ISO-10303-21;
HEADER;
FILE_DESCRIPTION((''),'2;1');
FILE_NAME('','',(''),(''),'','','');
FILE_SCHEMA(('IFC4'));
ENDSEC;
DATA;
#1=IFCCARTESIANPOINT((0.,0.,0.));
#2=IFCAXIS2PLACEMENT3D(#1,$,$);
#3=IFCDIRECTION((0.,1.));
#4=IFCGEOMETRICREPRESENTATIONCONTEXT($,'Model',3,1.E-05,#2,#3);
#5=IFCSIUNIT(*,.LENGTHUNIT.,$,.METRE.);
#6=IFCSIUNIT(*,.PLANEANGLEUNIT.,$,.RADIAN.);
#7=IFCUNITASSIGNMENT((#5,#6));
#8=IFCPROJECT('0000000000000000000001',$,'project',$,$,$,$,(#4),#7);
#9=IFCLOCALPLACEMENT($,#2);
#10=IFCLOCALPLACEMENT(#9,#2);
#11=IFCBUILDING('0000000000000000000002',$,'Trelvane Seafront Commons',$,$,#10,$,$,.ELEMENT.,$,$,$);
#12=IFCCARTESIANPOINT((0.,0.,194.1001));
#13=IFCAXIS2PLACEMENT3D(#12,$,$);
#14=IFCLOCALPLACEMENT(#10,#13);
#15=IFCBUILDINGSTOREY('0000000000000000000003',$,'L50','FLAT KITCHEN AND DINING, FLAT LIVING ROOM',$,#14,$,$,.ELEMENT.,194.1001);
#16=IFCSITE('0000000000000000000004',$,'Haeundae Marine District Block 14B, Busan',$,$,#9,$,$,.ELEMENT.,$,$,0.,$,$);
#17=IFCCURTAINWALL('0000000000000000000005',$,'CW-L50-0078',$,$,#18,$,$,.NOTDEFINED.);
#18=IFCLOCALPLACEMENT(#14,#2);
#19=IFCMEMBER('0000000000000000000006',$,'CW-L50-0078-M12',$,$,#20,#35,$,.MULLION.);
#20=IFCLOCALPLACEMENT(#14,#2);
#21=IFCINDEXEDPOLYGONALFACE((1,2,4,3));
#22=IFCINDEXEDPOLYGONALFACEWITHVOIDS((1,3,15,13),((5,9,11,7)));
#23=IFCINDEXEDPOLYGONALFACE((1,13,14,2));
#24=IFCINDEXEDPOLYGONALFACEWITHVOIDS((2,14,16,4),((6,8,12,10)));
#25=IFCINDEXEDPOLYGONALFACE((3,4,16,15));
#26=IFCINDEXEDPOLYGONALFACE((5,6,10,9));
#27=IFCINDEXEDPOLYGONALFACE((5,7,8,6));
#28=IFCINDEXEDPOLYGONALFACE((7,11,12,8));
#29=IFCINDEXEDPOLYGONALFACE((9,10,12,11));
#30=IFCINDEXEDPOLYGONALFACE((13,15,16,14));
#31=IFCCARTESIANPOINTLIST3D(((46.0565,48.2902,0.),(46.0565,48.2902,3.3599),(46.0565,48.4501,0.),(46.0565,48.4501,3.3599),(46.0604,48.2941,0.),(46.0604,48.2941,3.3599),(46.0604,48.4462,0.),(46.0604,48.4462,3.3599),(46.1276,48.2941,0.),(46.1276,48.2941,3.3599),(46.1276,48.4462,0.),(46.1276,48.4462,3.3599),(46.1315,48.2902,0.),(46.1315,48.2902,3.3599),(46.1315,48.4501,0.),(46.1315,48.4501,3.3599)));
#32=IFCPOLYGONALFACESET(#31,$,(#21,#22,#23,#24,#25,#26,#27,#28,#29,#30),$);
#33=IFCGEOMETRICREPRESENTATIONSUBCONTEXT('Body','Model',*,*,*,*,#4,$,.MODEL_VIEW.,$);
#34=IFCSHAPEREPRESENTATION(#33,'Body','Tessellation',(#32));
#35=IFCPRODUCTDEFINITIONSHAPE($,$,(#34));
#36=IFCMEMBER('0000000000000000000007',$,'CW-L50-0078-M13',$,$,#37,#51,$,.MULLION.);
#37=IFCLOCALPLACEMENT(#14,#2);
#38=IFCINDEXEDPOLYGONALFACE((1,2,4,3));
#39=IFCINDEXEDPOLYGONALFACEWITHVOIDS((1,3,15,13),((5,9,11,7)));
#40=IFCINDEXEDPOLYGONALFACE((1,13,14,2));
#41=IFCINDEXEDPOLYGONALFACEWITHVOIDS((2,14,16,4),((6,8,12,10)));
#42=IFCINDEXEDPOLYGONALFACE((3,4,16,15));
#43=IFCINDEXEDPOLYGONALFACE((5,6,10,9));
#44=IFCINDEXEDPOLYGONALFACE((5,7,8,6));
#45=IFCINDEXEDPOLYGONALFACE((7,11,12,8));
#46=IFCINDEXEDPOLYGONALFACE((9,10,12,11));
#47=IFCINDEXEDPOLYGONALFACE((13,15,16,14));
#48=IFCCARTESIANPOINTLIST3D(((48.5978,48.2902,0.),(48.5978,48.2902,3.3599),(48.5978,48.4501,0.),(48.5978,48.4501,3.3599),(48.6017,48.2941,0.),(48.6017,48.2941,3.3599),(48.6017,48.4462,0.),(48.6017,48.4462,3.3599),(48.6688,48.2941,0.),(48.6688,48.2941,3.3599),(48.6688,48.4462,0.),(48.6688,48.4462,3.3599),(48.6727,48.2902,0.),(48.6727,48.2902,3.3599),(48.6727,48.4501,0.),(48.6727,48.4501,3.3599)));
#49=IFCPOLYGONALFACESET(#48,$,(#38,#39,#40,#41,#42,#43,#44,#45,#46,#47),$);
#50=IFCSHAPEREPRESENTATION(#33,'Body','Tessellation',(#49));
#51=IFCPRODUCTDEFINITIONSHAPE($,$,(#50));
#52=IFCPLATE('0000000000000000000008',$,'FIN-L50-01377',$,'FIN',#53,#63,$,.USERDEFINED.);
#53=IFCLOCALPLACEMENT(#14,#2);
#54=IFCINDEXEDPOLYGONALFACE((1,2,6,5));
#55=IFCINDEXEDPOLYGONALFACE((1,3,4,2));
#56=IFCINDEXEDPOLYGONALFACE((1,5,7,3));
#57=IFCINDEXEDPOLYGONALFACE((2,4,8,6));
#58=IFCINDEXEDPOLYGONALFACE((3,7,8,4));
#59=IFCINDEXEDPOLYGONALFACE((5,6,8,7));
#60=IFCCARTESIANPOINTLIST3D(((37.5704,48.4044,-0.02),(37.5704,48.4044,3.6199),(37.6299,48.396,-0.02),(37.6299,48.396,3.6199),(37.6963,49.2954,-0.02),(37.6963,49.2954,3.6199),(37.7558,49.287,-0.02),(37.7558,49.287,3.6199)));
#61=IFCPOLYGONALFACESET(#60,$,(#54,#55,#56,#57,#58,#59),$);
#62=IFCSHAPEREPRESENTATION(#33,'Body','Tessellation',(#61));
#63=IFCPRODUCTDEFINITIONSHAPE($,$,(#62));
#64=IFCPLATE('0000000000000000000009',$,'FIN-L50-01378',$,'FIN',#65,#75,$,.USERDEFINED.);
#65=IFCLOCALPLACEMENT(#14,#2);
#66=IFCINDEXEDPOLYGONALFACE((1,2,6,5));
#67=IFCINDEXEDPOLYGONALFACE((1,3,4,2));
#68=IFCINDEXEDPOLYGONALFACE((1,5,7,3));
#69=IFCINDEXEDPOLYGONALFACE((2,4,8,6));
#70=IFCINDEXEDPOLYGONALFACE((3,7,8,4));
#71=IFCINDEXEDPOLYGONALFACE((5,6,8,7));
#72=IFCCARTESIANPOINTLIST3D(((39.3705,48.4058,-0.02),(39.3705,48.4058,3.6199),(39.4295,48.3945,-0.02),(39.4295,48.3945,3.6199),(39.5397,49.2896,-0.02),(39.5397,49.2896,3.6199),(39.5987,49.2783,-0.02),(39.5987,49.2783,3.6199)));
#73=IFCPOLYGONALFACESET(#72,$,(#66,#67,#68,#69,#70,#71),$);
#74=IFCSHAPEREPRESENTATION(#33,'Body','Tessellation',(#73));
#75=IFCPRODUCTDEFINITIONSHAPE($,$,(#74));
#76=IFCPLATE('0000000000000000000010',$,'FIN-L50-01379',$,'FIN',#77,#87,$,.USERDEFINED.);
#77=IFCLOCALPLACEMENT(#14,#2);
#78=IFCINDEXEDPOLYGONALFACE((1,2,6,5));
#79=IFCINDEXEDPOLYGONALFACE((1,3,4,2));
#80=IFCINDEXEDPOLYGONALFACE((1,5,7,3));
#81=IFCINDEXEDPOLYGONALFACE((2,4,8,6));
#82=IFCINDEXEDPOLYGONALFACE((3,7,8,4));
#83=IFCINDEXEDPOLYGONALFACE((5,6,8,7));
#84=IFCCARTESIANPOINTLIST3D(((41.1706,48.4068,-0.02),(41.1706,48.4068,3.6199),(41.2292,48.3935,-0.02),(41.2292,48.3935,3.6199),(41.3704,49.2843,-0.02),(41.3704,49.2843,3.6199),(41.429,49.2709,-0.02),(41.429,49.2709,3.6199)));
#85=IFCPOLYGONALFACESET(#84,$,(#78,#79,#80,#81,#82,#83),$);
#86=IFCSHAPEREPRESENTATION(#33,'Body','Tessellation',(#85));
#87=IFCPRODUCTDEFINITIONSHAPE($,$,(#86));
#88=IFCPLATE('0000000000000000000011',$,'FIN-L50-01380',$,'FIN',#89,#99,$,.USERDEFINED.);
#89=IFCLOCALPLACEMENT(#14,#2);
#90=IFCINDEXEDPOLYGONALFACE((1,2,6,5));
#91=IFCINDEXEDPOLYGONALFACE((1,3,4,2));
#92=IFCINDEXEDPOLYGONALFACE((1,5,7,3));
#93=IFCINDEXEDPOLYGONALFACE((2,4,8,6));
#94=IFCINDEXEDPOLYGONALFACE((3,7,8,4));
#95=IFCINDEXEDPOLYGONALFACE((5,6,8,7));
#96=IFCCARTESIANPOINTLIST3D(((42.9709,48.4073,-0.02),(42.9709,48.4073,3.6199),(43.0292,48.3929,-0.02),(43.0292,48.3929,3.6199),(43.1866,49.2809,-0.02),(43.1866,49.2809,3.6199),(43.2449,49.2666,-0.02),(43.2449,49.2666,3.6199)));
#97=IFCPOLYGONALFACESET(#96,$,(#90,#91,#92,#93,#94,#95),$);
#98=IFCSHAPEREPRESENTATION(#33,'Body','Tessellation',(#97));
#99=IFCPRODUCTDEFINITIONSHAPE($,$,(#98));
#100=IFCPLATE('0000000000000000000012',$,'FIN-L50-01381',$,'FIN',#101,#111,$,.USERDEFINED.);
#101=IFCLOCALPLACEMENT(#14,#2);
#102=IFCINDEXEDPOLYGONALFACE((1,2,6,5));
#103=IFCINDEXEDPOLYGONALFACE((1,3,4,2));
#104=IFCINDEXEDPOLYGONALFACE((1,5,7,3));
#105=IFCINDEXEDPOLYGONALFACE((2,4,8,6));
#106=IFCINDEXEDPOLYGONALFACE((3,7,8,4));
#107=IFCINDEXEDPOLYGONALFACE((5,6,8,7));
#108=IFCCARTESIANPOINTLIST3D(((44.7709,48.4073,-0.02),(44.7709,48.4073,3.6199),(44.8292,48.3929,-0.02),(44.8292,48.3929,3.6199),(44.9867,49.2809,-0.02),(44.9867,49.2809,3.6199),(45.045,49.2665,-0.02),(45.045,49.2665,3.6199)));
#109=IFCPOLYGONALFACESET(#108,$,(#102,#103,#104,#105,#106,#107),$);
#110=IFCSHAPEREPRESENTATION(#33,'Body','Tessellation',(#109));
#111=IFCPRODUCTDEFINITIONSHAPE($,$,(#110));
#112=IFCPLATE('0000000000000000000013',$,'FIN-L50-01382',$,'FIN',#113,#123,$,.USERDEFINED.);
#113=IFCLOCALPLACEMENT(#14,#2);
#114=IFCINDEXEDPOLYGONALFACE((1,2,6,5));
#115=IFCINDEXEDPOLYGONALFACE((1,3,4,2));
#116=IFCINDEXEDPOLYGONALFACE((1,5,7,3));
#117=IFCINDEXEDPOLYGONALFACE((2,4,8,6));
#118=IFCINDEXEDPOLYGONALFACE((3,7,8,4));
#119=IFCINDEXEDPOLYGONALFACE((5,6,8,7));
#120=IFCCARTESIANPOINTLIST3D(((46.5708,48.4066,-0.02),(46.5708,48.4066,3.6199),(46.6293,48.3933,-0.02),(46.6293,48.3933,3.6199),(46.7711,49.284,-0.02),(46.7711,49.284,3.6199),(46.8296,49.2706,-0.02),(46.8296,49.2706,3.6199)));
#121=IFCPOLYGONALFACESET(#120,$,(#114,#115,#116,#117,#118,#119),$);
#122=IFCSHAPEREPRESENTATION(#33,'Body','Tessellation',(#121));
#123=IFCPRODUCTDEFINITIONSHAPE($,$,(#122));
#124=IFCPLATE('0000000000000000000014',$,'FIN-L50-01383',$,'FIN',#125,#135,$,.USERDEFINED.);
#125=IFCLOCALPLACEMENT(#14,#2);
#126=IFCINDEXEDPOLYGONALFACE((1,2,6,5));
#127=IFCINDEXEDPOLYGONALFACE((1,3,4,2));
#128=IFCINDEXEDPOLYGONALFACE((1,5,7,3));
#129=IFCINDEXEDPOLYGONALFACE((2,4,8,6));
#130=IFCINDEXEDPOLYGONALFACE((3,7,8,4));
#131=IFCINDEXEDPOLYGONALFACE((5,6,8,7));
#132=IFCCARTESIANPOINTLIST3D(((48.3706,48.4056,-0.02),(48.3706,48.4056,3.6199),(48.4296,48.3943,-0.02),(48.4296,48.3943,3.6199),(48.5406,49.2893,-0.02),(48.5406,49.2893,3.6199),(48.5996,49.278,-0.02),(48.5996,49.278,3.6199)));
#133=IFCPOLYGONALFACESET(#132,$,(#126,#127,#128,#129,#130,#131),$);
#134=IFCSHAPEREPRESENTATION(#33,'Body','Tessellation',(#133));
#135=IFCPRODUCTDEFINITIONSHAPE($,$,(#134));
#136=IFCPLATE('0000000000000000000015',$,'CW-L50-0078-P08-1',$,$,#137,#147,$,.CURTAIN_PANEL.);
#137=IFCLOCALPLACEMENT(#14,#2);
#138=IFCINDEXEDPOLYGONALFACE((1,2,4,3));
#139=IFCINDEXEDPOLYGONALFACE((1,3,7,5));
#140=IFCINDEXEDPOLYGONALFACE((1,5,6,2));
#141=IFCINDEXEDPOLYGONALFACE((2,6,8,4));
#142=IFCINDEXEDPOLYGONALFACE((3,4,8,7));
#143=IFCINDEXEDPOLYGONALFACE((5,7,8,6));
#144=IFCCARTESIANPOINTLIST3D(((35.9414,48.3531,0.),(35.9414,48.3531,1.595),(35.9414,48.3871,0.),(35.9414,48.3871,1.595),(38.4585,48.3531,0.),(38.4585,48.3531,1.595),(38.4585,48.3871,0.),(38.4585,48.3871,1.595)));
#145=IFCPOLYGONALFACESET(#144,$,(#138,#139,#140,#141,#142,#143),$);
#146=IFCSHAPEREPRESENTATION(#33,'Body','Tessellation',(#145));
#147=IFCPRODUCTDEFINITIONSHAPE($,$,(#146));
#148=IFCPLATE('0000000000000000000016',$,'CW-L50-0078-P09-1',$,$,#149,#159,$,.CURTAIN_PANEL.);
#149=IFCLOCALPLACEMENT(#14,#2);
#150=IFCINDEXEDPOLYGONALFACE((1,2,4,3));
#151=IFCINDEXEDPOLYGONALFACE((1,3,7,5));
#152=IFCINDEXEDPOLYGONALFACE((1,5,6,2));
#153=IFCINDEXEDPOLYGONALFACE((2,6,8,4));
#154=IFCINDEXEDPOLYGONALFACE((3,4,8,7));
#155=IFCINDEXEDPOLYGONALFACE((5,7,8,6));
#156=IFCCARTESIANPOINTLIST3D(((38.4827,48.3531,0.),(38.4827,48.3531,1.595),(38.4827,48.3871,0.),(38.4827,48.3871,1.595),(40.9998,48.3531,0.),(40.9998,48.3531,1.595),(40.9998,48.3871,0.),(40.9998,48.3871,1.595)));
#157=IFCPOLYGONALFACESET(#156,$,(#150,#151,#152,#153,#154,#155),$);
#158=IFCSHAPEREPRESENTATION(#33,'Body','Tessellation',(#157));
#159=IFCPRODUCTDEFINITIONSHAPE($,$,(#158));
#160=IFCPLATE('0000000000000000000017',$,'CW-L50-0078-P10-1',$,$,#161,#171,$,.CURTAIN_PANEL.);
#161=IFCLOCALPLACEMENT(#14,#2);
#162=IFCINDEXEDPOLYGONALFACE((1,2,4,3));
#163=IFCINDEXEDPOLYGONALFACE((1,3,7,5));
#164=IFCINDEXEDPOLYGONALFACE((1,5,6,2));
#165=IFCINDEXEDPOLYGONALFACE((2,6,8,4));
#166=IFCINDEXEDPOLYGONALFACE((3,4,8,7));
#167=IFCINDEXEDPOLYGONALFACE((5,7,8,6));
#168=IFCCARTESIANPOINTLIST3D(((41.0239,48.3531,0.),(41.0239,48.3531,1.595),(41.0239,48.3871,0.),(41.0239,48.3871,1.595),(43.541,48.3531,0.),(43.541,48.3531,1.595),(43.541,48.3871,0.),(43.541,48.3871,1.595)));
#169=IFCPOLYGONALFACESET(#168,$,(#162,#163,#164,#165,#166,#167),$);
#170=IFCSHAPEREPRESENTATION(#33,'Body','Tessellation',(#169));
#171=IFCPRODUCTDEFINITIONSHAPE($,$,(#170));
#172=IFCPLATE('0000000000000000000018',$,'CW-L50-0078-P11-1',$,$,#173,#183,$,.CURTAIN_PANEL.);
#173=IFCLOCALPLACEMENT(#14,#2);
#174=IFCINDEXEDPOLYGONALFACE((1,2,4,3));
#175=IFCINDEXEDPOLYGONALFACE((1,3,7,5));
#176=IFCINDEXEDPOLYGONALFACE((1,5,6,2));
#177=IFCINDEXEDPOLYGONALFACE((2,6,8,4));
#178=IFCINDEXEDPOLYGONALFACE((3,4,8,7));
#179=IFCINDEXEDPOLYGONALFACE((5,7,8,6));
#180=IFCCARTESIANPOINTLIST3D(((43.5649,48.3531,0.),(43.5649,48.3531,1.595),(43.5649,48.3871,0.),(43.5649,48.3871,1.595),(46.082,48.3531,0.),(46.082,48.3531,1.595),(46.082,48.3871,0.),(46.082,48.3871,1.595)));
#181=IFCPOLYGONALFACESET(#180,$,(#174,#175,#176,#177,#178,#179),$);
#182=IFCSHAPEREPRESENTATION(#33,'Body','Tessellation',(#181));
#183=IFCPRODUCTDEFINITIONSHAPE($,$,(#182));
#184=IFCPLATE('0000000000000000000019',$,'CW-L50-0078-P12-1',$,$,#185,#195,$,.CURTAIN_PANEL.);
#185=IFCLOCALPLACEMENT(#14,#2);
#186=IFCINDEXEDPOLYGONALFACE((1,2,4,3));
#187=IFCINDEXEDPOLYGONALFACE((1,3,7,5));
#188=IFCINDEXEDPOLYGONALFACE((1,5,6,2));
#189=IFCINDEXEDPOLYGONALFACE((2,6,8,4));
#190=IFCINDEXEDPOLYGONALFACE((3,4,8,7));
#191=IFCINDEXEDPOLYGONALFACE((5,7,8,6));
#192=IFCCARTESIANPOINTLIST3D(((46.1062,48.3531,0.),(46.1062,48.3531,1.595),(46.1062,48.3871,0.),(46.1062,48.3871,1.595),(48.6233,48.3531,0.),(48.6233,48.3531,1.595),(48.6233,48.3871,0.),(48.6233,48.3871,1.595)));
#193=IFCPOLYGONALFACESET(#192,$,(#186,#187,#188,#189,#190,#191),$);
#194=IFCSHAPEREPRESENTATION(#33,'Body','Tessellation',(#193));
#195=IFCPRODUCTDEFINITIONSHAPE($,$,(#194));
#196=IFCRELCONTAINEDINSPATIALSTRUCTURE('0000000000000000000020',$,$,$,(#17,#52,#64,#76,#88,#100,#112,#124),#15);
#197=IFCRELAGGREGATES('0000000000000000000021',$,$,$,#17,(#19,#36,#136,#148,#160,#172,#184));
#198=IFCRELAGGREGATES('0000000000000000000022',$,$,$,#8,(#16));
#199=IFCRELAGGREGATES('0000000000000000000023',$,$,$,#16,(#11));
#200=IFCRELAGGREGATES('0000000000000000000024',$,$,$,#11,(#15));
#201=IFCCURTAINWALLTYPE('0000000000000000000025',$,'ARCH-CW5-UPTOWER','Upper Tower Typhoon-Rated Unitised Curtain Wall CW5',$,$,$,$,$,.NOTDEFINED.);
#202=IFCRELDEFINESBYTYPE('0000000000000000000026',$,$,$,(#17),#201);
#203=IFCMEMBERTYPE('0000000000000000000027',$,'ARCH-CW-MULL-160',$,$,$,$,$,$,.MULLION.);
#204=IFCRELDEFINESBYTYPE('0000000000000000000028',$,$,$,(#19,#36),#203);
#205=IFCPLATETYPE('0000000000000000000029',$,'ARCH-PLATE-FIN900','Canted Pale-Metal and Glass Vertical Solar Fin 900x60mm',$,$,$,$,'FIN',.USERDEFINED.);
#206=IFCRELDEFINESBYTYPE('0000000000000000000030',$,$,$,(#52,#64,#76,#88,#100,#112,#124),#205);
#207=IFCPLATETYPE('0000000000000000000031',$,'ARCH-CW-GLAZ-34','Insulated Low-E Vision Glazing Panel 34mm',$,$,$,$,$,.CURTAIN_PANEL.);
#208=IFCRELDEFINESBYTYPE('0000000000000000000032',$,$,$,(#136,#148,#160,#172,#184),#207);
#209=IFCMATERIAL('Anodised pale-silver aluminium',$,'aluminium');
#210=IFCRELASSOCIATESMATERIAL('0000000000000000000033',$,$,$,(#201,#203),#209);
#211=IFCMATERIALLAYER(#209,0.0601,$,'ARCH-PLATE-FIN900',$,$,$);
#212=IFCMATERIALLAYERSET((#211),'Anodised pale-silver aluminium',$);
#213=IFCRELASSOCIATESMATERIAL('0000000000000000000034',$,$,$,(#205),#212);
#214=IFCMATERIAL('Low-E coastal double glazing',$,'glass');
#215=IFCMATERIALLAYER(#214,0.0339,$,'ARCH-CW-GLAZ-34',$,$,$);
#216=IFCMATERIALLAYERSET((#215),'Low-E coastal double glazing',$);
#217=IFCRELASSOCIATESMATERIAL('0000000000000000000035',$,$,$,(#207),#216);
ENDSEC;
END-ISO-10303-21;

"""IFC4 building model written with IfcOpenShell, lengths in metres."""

from ifc_helpers import new_model, si_unit, direction, frame, origin, origin_2d, place, context, subcontext, project, spatial, rectangle, hollow_rectangle, extrude, source, transform, mapped, material, layer, layer_set, material_profile, profile_set, type_object, element, aggregate, save


model = new_model("IFC4")

# Units and contexts
model_context = context("Model", 3, precision=1e-05, world=origin(), true_north=direction((0.0, 1.0)))
body_context = subcontext(model_context, "Body", "Model", "MODEL_VIEW")
ifc_project = project(units=[si_unit("LENGTHUNIT", "METRE"), si_unit("PLANEANGLEUNIT", "RADIAN")], contexts=[model_context])

# Site, building, storey
site_placement = place(None, origin())
site = spatial("IfcSite", under=ifc_project, at=site_placement, Name="Haeundae Marine District Block 14B, Busan", CompositionType="ELEMENT", RefElevation=0.0)
building_placement = place(site_placement, origin())
building = spatial("IfcBuilding", under=site, at=building_placement, Name="Trelvane Seafront Commons", CompositionType="ELEMENT")
storey_placement = place(building_placement, frame((0.0, 0.0, 194.1001)))
storey = spatial("IfcBuildingStorey", under=building, at=storey_placement, Name="L50", Description="FLAT KITCHEN AND DINING, FLAT LIVING ROOM", CompositionType="ELEMENT", Elevation=194.1001)

# Curtain wall, members
ifc_material_1 = material(Name="Anodised pale-silver aluminium", Category="aluminium")
curtain_wall_type = type_object("IfcCurtainWallType", Name="ARCH-CW5-UPTOWER", Description="Upper Tower Typhoon-Rated Unitised Curtain Wall CW5", PredefinedType="NOTDEFINED", material=ifc_material_1)
curtain_wall_placement = place(storey_placement, origin())
curtain_wall = element("IfcCurtainWall", 1, at=curtain_wall_placement, inside=storey, type_object=curtain_wall_type, Name="CW-L50-0078", PredefinedType="NOTDEFINED")
ifc_material_profile_1 = material_profile(ifc_material_1, hollow_rectangle(XDim=0.075, YDim=0.1599, WallThickness=0.0039, at=origin_2d()), Name="MULL-75x160x4")
ifc_profile_set_1 = profile_set([ifc_material_profile_1], Name="Anodised pale-silver aluminium")
member_type_1 = type_object("IfcMemberType", Name="ARCH-CW-MULL-160", PredefinedType="MULLION", material=ifc_profile_set_1)
shared_shape_1 = source(origin(), body_context, "Body", "SweptSolid", [
    extrude(hollow_rectangle(XDim=0.075, YDim=0.1599, WallThickness=0.0039, at=origin_2d()), origin(), (0.0, 0.0, 1.0), 3.3599),
])
member_1_placement = place(storey_placement, frame((46.094, 48.3701, 0.0), z_axis=(0.0, 0.0, 1.0), x_axis=(1.0, 0.0, 0.0)))
member_1 = element("IfcMember", 2, at=member_1_placement, type_object=member_type_1, Name="CW-L50-0078-M12", PredefinedType="MULLION", context=body_context, shape_type="MappedRepresentation", body=[
    mapped(shared_shape_1, transform((0.0, 0.0, 0.0), x_axis=(1.0, 0.0, 0.0), y_axis=(0.0, 1.0, 0.0), z_axis=(0.0, 0.0, 1.0), scale=1.0)),
])
member_2_placement = place(storey_placement, frame((48.6353, 48.3701, 0.0), z_axis=(0.0, 0.0, 1.0), x_axis=(1.0, 0.0, 0.0)))
member_2 = element("IfcMember", 3, at=member_2_placement, type_object=member_type_1, Name="CW-L50-0078-M13", PredefinedType="MULLION", context=body_context, shape_type="MappedRepresentation", body=[
    mapped(shared_shape_1, transform((0.0, 0.0, 0.0), x_axis=(1.0, 0.0, 0.0), y_axis=(0.0, 1.0, 0.0), z_axis=(0.0, 0.0, 1.0), scale=1.0)),
])

# Plates
ifc_layer_1 = layer(ifc_material_1, 0.0601, Name="ARCH-PLATE-FIN900")
ifc_layer_set_1 = layer_set([ifc_layer_1], Name="Anodised pale-silver aluminium")
plate_type_1 = type_object("IfcPlateType", Name="ARCH-PLATE-FIN900", Description="Canted Pale-Metal and Glass Vertical Solar Fin 900x60mm", ElementType="FIN", PredefinedType="USERDEFINED", material=ifc_layer_set_1)
shared_shape_2 = source(origin(), body_context, "Body", "SweptSolid", [
    extrude(rectangle(XDim=0.8999, YDim=0.0601, at=origin_2d()), origin(), (0.0, 0.0, 1.0), 3.6399),
])
for number, where, z_axis, x_axis, name in (
    (4, (37.6631, 48.8457, -0.02), (0.0, 0.0, 1.0), (0.139882, 0.990168, 0.0), "FIN-L50-01377"),
    (5, (39.4846, 48.842, -0.02), (0.0, 0.0, 1.0), (0.18799, 0.982171, 0.0), "FIN-L50-01378"),
    (6, (41.2998, 48.8389, -0.02), (0.0, 0.0, 1.0), (0.22201, 0.975044, 0.0), "FIN-L50-01379"),
    (7, (43.1079, 48.8369, -0.02), (0.0, 0.0, 1.0), (0.239659, 0.970857, 0.0), "FIN-L50-01380"),
    (8, (44.908, 48.8369, -0.02), (0.0, 0.0, 1.0), (0.239789, 0.970825, 0.0), "FIN-L50-01381"),
    (9, (46.7002, 48.8386, -0.02), (0.0, 0.0, 1.0), (0.222563, 0.974918, 0.0), "FIN-L50-01382"),
    (10, (48.4851, 48.8418, -0.02), (0.0, 0.0, 1.0), (0.188888, 0.981999, 0.0), "FIN-L50-01383"),
):
    element("IfcPlate", number, at=place(storey_placement, frame(where, z_axis=z_axis, x_axis=x_axis)), inside=storey, type_object=plate_type_1, Name=name, ObjectType="FIN", PredefinedType="USERDEFINED", context=body_context, shape_type="MappedRepresentation", body=[
        mapped(shared_shape_2, transform((0.0, 0.0, 0.0), x_axis=(1.0, 0.0, 0.0), y_axis=(0.0, 1.0, 0.0), z_axis=(0.0, 0.0, 1.0), scale=1.0)),
    ])

# Plates
ifc_material_2 = material(Name="Low-E coastal double glazing", Category="glass")
ifc_layer_2 = layer(ifc_material_2, 0.0339, Name="ARCH-CW-GLAZ-34")
ifc_layer_set_2 = layer_set([ifc_layer_2], Name="Low-E coastal double glazing")
plate_type_2 = type_object("IfcPlateType", Name="ARCH-CW-GLAZ-34", Description="Insulated Low-E Vision Glazing Panel 34mm", PredefinedType="CURTAIN_PANEL", material=ifc_layer_set_2)
shared_shape_3 = source(origin(), body_context, "Body", "SweptSolid", [
    extrude(rectangle(XDim=2.5171, YDim=0.0339, at=origin_2d()), origin(), (0.0, 0.0, 1.0), 1.595),
])
plate_1_placement = place(storey_placement, frame((37.2, 48.3701, 0.0), z_axis=(0.0, 0.0, 1.0), x_axis=(1.0, 0.0, 0.0)))
plate_1 = element("IfcPlate", 11, at=plate_1_placement, type_object=plate_type_2, Name="CW-L50-0078-P08-1", PredefinedType="CURTAIN_PANEL", context=body_context, shape_type="MappedRepresentation", body=[
    mapped(shared_shape_3, transform((0.0, 0.0, 0.0), x_axis=(1.0, 0.0, 0.0), y_axis=(0.0, 1.0, 0.0), z_axis=(0.0, 0.0, 1.0), scale=1.0)),
])
plate_2_placement = place(storey_placement, frame((39.7412, 48.3701, 0.0), z_axis=(0.0, 0.0, 1.0), x_axis=(1.0, 0.0, 0.0)))
plate_2 = element("IfcPlate", 12, at=plate_2_placement, type_object=plate_type_2, Name="CW-L50-0078-P09-1", PredefinedType="CURTAIN_PANEL", context=body_context, shape_type="MappedRepresentation", body=[
    mapped(shared_shape_3, transform((0.0, 0.0, 0.0), x_axis=(1.0, 0.0, 0.0), y_axis=(0.0, 1.0, 0.0), z_axis=(0.0, 0.0, 1.0), scale=1.0)),
])
plate_3_placement = place(storey_placement, frame((42.2825, 48.3701, 0.0), z_axis=(0.0, 0.0, 1.0), x_axis=(1.0, 0.0, 0.0)))
plate_3 = element("IfcPlate", 13, at=plate_3_placement, type_object=plate_type_2, Name="CW-L50-0078-P10-1", PredefinedType="CURTAIN_PANEL", context=body_context, shape_type="MappedRepresentation", body=[
    mapped(shared_shape_3, transform((0.0, 0.0, 0.0), x_axis=(1.0, 0.0, 0.0), y_axis=(0.0, 1.0, 0.0), z_axis=(0.0, 0.0, 1.0), scale=1.0)),
])
plate_4_placement = place(storey_placement, frame((44.8235, 48.3701, 0.0), z_axis=(0.0, 0.0, 1.0), x_axis=(1.0, 0.0, 0.0)))
plate_4 = element("IfcPlate", 14, at=plate_4_placement, type_object=plate_type_2, Name="CW-L50-0078-P11-1", PredefinedType="CURTAIN_PANEL", context=body_context, shape_type="MappedRepresentation", body=[
    mapped(shared_shape_3, transform((0.0, 0.0, 0.0), x_axis=(1.0, 0.0, 0.0), y_axis=(0.0, 1.0, 0.0), z_axis=(0.0, 0.0, 1.0), scale=1.0)),
])
plate_5_placement = place(storey_placement, frame((47.3647, 48.3701, 0.0), z_axis=(0.0, 0.0, 1.0), x_axis=(1.0, 0.0, 0.0)))
plate_5 = element("IfcPlate", 15, at=plate_5_placement, type_object=plate_type_2, Name="CW-L50-0078-P12-1", PredefinedType="CURTAIN_PANEL", context=body_context, shape_type="MappedRepresentation", body=[
    mapped(shared_shape_3, transform((0.0, 0.0, 0.0), x_axis=(1.0, 0.0, 0.0), y_axis=(0.0, 1.0, 0.0), z_axis=(0.0, 0.0, 1.0), scale=1.0)),
])
aggregate(curtain_wall, [member_1, member_2, plate_1, plate_2, plate_3, plate_4, plate_5])

save(model, "model.ifc")
